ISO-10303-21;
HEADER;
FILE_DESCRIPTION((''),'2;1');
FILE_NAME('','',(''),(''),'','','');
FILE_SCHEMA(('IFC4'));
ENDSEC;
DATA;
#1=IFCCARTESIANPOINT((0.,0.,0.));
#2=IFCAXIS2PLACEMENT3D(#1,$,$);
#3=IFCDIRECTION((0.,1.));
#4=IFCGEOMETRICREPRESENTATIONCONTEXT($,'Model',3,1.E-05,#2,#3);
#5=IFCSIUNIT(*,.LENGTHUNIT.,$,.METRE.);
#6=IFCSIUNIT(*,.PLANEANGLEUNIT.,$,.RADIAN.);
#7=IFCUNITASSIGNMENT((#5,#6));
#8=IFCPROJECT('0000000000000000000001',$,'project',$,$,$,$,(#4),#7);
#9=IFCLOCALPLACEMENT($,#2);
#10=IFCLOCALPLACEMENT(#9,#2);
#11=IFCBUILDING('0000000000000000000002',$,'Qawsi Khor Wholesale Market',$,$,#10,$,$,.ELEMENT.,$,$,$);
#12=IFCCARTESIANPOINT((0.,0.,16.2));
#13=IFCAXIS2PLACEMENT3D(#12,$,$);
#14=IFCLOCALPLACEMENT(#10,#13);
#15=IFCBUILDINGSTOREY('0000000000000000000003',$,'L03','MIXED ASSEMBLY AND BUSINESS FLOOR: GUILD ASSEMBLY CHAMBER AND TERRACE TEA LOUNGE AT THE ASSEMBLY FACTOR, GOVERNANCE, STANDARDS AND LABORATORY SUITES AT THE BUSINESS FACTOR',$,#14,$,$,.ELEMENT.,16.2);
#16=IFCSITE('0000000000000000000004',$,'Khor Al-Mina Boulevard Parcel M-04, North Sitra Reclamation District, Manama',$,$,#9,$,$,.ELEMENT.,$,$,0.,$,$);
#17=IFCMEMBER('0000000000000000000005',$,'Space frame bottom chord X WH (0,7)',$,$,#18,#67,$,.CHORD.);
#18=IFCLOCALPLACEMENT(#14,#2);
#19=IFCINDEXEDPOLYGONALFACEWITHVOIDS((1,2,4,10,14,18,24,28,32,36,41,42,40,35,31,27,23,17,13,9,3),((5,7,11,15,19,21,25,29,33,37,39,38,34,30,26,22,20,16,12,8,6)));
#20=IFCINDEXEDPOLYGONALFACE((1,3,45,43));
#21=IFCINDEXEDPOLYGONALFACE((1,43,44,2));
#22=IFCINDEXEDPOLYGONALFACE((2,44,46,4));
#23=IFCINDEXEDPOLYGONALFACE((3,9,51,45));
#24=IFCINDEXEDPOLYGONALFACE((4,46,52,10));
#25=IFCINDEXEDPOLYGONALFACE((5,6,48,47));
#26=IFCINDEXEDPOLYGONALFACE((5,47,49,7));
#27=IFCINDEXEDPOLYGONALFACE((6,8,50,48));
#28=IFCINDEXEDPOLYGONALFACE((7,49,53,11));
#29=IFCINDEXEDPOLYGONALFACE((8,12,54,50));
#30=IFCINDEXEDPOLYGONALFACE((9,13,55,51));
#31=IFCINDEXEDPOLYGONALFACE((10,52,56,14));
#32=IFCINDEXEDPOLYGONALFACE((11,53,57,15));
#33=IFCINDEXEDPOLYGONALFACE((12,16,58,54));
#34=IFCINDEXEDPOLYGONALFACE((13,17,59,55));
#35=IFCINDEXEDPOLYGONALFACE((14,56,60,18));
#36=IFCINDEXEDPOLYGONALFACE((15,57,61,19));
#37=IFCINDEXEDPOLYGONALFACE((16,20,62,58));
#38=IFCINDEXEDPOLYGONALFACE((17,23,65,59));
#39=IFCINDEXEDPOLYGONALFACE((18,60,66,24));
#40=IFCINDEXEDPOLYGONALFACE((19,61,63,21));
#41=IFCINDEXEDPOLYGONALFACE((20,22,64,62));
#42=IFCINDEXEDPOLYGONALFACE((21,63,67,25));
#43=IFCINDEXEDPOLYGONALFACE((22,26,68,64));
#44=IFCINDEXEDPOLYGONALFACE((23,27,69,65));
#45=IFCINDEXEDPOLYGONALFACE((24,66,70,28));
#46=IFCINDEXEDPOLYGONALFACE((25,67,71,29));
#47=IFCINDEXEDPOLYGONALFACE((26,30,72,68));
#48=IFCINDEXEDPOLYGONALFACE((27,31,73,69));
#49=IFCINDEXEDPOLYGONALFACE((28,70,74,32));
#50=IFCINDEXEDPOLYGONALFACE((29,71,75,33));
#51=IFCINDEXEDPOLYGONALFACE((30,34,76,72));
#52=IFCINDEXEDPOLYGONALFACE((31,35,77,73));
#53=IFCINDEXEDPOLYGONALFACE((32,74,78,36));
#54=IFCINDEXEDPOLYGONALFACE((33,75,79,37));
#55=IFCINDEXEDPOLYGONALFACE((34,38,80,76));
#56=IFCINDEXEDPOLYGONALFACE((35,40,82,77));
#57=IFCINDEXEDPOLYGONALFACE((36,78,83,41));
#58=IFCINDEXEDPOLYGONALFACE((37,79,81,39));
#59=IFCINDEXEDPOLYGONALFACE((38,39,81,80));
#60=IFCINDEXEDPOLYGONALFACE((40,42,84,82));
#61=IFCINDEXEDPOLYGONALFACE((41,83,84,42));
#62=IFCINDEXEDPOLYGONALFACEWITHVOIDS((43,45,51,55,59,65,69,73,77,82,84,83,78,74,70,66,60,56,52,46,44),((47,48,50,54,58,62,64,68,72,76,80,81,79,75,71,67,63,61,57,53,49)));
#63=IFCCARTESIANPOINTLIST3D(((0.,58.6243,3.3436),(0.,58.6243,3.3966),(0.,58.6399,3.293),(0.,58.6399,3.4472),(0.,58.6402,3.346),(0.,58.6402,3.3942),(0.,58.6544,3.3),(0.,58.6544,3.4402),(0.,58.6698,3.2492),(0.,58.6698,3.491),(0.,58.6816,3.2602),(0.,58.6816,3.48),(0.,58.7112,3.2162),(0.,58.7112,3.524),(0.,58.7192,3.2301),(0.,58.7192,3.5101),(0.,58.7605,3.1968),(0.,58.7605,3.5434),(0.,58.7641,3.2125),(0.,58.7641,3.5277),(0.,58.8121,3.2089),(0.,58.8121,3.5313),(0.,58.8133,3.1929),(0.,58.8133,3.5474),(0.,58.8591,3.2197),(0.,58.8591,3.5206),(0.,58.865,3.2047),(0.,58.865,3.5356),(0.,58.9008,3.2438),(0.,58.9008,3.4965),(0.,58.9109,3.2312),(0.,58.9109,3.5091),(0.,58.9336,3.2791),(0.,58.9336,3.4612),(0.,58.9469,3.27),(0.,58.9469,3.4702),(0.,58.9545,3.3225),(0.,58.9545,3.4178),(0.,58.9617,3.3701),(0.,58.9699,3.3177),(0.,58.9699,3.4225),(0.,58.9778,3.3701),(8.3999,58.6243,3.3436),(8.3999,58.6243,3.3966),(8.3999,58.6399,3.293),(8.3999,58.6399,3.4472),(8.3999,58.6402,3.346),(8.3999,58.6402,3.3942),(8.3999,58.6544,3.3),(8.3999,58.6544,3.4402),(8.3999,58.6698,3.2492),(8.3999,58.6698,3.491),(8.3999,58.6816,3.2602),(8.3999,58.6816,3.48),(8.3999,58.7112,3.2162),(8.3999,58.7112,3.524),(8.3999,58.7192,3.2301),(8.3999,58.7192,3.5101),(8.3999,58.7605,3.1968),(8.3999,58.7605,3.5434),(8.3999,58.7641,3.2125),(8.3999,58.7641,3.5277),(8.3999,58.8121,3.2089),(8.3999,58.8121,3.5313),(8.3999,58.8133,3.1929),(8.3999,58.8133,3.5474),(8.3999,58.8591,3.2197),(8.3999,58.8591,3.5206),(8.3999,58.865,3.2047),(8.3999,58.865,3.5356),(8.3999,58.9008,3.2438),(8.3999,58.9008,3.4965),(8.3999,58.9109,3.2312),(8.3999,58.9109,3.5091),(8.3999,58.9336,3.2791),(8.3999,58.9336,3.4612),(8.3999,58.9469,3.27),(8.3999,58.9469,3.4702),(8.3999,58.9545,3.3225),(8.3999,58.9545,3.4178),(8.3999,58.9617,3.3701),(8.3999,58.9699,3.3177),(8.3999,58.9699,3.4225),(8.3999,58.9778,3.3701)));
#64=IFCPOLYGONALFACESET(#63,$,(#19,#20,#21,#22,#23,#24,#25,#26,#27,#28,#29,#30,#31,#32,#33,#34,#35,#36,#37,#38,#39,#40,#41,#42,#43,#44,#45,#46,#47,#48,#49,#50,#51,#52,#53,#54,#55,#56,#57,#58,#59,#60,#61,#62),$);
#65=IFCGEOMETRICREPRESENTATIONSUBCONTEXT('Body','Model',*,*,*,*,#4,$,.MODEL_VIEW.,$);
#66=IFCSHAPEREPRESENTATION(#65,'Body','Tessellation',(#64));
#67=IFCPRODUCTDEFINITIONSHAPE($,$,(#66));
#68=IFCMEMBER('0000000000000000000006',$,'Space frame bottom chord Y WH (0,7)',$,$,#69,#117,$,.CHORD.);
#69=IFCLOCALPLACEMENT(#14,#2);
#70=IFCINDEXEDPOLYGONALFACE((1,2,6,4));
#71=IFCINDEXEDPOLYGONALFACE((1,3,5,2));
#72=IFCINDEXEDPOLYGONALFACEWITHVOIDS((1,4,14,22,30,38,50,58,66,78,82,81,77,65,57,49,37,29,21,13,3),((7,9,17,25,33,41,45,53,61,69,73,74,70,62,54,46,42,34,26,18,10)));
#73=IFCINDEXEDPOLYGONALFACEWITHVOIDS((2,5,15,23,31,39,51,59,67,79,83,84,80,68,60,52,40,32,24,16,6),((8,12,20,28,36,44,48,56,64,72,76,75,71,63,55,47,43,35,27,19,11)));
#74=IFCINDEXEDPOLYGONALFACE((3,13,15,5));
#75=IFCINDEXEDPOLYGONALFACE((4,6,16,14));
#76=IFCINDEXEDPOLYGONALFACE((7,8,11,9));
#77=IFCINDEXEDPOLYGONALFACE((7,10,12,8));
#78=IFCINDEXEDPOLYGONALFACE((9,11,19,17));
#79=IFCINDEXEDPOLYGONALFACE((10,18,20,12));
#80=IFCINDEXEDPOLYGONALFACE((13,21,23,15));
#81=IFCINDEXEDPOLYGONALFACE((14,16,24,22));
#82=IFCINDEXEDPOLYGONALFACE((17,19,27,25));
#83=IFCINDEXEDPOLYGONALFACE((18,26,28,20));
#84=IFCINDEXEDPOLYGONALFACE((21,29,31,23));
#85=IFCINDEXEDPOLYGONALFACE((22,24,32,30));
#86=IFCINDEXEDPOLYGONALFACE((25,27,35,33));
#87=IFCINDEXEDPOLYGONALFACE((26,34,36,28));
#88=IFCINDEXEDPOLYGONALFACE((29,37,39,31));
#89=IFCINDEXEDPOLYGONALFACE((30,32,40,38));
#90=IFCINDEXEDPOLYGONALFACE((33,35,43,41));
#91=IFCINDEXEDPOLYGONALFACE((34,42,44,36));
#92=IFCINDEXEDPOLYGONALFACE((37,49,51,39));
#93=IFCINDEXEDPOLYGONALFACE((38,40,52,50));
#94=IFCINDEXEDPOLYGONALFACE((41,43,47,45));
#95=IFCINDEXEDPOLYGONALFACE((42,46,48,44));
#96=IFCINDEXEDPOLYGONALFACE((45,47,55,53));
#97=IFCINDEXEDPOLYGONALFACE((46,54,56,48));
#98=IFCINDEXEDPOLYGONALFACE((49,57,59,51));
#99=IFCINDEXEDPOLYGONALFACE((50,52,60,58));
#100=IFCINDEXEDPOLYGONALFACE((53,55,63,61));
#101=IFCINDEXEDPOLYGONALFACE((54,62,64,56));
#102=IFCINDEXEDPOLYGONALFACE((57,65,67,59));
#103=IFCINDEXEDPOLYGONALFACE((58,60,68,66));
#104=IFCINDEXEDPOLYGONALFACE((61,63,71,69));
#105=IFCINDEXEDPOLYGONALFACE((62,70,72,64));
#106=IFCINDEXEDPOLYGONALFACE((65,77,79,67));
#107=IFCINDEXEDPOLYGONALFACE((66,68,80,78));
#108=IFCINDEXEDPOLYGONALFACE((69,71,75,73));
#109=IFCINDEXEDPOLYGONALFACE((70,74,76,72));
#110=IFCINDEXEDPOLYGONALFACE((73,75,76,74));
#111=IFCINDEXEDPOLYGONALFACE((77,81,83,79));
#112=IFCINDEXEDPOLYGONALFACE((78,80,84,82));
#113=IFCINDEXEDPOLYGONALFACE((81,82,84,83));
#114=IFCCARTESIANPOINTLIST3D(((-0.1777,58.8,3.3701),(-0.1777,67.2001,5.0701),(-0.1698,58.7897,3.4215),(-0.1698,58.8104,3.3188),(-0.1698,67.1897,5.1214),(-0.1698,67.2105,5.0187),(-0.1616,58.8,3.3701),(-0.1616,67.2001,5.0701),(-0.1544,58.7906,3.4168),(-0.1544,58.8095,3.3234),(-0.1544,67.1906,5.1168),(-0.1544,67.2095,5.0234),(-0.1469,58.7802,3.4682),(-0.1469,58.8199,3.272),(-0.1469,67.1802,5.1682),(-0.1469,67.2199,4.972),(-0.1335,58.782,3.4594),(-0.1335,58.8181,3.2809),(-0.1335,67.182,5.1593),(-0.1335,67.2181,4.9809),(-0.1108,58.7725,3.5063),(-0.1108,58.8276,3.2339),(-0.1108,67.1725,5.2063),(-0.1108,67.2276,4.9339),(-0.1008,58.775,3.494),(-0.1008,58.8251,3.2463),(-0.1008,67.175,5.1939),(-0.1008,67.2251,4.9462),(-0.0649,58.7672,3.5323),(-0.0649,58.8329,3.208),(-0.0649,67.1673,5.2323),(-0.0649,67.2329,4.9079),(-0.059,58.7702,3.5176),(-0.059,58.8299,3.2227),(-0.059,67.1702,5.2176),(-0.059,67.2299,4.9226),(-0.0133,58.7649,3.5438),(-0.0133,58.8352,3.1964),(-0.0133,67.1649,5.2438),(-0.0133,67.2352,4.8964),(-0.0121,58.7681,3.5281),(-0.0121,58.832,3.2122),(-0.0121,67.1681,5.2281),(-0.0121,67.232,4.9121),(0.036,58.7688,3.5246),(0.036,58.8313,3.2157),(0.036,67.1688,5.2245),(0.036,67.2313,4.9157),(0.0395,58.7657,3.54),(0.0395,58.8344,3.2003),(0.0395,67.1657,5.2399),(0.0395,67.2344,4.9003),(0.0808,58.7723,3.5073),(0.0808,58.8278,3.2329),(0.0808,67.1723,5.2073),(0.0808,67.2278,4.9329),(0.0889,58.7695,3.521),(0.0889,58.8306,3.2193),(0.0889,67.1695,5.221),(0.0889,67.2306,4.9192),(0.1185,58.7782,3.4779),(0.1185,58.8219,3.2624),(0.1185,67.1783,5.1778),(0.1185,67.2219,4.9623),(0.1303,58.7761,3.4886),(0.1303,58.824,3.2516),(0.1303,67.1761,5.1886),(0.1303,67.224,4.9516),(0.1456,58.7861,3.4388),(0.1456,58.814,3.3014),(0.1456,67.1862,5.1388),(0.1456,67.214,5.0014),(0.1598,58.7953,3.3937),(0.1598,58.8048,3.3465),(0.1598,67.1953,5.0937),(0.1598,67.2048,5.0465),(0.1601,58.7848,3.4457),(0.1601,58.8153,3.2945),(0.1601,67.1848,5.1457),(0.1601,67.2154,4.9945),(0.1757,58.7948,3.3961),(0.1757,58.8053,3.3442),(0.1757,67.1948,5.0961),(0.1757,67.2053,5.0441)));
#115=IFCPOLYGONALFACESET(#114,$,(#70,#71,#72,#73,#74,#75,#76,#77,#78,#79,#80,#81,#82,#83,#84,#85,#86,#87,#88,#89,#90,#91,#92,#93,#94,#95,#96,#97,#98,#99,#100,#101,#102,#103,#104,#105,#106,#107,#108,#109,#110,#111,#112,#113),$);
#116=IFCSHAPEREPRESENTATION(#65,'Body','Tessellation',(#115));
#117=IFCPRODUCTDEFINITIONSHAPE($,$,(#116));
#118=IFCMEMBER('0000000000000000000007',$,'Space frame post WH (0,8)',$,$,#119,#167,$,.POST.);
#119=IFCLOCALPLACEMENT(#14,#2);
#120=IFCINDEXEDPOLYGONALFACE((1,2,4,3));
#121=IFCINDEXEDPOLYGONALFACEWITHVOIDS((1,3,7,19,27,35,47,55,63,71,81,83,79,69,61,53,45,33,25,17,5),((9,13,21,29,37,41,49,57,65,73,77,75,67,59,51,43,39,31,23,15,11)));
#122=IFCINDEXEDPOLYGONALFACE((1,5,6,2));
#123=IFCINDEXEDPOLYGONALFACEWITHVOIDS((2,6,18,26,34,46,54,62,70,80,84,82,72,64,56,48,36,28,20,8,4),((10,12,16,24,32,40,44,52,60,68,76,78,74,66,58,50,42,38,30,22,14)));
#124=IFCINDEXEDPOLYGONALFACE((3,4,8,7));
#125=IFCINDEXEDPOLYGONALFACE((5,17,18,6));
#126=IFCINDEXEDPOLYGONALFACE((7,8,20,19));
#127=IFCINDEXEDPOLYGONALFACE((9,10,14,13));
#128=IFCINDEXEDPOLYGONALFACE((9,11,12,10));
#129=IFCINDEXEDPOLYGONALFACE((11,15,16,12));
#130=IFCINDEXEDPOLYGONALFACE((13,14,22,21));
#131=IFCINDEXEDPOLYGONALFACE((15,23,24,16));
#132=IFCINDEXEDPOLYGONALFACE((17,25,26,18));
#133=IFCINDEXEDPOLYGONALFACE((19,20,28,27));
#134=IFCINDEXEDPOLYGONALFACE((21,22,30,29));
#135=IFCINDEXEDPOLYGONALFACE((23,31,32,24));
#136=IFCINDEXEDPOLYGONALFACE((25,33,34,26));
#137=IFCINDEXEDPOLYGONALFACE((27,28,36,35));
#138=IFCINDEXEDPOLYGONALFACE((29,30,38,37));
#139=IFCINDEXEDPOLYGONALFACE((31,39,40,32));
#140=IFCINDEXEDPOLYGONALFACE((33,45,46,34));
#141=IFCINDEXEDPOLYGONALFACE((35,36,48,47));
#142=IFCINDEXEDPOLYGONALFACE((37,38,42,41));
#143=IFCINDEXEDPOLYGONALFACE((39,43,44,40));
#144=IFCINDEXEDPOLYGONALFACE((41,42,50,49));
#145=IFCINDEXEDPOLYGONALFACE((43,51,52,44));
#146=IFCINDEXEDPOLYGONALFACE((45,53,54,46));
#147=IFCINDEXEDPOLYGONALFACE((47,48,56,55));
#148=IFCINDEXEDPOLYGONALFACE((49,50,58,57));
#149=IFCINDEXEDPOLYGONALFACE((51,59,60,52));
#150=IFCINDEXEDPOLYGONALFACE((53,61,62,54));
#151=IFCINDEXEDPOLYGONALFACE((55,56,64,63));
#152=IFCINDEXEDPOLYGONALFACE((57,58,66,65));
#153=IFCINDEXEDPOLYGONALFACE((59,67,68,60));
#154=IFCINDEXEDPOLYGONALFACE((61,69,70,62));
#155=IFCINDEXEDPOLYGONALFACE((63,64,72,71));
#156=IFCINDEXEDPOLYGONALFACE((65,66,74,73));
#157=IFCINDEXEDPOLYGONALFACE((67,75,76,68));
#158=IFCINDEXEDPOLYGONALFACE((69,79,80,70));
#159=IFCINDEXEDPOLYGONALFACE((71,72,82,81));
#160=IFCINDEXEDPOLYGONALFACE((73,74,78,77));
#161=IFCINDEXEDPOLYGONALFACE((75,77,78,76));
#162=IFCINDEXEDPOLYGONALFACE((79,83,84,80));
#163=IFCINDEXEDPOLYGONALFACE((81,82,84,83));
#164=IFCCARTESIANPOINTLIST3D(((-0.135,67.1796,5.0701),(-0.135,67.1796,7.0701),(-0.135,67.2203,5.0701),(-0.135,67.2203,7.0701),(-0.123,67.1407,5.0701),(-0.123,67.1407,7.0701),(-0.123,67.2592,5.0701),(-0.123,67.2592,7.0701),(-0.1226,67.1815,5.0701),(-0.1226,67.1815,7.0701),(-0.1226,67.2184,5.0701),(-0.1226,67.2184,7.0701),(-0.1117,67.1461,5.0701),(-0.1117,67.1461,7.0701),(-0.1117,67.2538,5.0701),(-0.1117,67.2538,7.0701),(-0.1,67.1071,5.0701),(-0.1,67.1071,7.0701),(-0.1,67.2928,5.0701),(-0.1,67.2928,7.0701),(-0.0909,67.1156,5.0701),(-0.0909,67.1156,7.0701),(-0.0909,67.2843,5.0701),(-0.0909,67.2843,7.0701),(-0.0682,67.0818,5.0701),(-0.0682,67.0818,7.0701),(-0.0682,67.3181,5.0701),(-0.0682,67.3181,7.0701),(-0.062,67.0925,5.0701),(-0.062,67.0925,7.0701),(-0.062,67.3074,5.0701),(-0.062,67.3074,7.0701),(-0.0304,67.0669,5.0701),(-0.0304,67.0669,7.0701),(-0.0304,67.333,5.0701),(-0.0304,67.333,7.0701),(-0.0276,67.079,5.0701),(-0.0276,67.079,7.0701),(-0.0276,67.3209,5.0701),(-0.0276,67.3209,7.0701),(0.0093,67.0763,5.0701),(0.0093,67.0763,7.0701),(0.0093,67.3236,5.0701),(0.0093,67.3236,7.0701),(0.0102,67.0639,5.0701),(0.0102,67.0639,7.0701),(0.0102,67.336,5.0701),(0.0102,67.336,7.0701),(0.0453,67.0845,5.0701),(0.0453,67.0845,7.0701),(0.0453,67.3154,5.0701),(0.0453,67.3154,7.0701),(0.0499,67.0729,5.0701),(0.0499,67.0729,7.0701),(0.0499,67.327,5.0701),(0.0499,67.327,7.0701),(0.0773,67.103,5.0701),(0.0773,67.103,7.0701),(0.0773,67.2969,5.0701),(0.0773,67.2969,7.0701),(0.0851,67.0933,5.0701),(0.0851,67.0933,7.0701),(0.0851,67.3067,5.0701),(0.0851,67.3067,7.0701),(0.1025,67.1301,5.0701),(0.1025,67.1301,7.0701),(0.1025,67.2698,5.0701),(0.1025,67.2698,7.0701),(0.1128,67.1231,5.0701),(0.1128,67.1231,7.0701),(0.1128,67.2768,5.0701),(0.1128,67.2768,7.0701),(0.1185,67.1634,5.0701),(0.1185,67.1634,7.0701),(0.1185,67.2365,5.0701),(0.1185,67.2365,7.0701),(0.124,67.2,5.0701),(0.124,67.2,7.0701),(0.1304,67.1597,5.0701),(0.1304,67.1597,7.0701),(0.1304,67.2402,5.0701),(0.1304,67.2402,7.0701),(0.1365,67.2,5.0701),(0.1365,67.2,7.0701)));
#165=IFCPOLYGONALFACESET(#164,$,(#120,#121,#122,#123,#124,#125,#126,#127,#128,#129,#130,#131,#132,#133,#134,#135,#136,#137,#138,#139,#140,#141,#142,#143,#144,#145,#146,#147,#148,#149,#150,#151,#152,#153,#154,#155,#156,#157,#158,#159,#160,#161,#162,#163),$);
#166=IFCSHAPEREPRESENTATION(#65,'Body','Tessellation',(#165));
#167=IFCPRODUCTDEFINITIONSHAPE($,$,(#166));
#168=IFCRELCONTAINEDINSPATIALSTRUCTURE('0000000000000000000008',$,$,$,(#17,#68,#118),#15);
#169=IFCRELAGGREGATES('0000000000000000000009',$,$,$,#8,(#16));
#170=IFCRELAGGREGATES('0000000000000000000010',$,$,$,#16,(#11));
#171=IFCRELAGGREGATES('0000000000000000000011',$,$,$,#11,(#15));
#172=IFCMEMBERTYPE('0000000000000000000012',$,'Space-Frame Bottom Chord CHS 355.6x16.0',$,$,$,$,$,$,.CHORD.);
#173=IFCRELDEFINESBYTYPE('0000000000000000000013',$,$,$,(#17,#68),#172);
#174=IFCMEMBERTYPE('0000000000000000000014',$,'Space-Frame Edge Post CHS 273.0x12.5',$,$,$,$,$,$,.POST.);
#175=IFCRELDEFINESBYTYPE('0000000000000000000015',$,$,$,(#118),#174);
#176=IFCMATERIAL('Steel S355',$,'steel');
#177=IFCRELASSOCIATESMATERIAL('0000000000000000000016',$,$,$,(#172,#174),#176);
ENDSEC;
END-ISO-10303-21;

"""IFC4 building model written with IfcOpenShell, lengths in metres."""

from ifc_helpers import new_model, si_unit, direction, frame, origin, origin_2d, place, context, subcontext, project, spatial, hollow_circle, extrude, material, material_profile, profile_set, type_object, element, save


model = new_model("IFC4")

# Units and contexts
model_context = context("Model", 3, precision=1e-05, world=origin(), true_north=direction((0.0, 1.0)))
body_context = subcontext(model_context, "Body", "Model", "MODEL_VIEW")
ifc_project = project(units=[si_unit("LENGTHUNIT", "METRE"), si_unit("PLANEANGLEUNIT", "RADIAN")], contexts=[model_context])

# Site, building, storey
site_placement = place(None, origin())
site = spatial("IfcSite", under=ifc_project, at=site_placement, Name="Khor Al-Mina Boulevard Parcel M-04, North Sitra Reclamation District, Manama", CompositionType="ELEMENT", RefElevation=0.0)
building_placement = place(site_placement, origin())
building = spatial("IfcBuilding", under=site, at=building_placement, Name="Qawsi Khor Wholesale Market", CompositionType="ELEMENT")
storey_placement = place(building_placement, frame((0.0, 0.0, 16.2)))
storey = spatial("IfcBuildingStorey", under=building, at=storey_placement, Name="L03", Description="MIXED ASSEMBLY AND BUSINESS FLOOR: GUILD ASSEMBLY CHAMBER AND TERRACE TEA LOUNGE AT THE ASSEMBLY FACTOR, GOVERNANCE, STANDARDS AND LABORATORY SUITES AT THE BUSINESS FACTOR", CompositionType="ELEMENT", Elevation=16.2)

# Members
ifc_material_1 = material(Name="Steel S355", Category="steel")
ifc_material_profile_1 = material_profile(ifc_material_1, hollow_circle(Radius=0.1777, WallThickness=0.0161, at=origin_2d()), Name="CHS 355.6x16.0")
ifc_profile_set_1 = profile_set([ifc_material_profile_1], Name="Steel S355")
member_type_1 = type_object("IfcMemberType", Name="Space-Frame Bottom Chord CHS 355.6x16.0", PredefinedType="CHORD", material=ifc_profile_set_1)
member_1_placement = place(storey_placement, frame((0.0, 58.8, 3.3701), z_axis=(1.0, 0.0, 0.0), x_axis=(0.0, 1.0, 0.0)))
element("IfcMember", 1, at=member_1_placement, inside=storey, type_object=member_type_1, Name="Space frame bottom chord X WH (0,7)", PredefinedType="CHORD", context=body_context, shape_type="SweptSolid", body=[
    extrude(hollow_circle(Radius=0.1777, WallThickness=0.0161, at=origin_2d()), origin(), (0.0, 0.0, 1.0), 8.3999),
])
member_2_placement = place(storey_placement, frame((0.0, 58.8, 3.3701), z_axis=(0.0, 0.98013, 0.198356), x_axis=(-1.0, 0.0, 0.0)))
element("IfcMember", 2, at=member_2_placement, inside=storey, type_object=member_type_1, Name="Space frame bottom chord Y WH (0,7)", PredefinedType="CHORD", context=body_context, shape_type="SweptSolid", body=[
    extrude(hollow_circle(Radius=0.1777, WallThickness=0.0161, at=origin_2d()), origin(), (0.0, 0.0, 1.0), 8.5703),
])
ifc_material_profile_2 = material_profile(ifc_material_1, hollow_circle(Radius=0.1365, WallThickness=0.0125, at=origin_2d()), Name="CHS 273.0x12.5")
ifc_profile_set_2 = profile_set([ifc_material_profile_2], Name="Steel S355")
member_type_2 = type_object("IfcMemberType", Name="Space-Frame Edge Post CHS 273.0x12.5", PredefinedType="POST", material=ifc_profile_set_2)
member_3_placement = place(storey_placement, frame((0.0, 67.2, 5.0701), z_axis=(0.0, 0.0, 1.0), x_axis=(1.0, 0.0, 0.0)))
element("IfcMember", 3, at=member_3_placement, inside=storey, type_object=member_type_2, Name="Space frame post WH (0,8)", PredefinedType="POST", context=body_context, shape_type="SweptSolid", body=[
    extrude(hollow_circle(Radius=0.1365, WallThickness=0.0125, at=origin_2d()), origin(), (0.0, 0.0, 1.0), 2.0),
])

save(model, "model.ifc")
